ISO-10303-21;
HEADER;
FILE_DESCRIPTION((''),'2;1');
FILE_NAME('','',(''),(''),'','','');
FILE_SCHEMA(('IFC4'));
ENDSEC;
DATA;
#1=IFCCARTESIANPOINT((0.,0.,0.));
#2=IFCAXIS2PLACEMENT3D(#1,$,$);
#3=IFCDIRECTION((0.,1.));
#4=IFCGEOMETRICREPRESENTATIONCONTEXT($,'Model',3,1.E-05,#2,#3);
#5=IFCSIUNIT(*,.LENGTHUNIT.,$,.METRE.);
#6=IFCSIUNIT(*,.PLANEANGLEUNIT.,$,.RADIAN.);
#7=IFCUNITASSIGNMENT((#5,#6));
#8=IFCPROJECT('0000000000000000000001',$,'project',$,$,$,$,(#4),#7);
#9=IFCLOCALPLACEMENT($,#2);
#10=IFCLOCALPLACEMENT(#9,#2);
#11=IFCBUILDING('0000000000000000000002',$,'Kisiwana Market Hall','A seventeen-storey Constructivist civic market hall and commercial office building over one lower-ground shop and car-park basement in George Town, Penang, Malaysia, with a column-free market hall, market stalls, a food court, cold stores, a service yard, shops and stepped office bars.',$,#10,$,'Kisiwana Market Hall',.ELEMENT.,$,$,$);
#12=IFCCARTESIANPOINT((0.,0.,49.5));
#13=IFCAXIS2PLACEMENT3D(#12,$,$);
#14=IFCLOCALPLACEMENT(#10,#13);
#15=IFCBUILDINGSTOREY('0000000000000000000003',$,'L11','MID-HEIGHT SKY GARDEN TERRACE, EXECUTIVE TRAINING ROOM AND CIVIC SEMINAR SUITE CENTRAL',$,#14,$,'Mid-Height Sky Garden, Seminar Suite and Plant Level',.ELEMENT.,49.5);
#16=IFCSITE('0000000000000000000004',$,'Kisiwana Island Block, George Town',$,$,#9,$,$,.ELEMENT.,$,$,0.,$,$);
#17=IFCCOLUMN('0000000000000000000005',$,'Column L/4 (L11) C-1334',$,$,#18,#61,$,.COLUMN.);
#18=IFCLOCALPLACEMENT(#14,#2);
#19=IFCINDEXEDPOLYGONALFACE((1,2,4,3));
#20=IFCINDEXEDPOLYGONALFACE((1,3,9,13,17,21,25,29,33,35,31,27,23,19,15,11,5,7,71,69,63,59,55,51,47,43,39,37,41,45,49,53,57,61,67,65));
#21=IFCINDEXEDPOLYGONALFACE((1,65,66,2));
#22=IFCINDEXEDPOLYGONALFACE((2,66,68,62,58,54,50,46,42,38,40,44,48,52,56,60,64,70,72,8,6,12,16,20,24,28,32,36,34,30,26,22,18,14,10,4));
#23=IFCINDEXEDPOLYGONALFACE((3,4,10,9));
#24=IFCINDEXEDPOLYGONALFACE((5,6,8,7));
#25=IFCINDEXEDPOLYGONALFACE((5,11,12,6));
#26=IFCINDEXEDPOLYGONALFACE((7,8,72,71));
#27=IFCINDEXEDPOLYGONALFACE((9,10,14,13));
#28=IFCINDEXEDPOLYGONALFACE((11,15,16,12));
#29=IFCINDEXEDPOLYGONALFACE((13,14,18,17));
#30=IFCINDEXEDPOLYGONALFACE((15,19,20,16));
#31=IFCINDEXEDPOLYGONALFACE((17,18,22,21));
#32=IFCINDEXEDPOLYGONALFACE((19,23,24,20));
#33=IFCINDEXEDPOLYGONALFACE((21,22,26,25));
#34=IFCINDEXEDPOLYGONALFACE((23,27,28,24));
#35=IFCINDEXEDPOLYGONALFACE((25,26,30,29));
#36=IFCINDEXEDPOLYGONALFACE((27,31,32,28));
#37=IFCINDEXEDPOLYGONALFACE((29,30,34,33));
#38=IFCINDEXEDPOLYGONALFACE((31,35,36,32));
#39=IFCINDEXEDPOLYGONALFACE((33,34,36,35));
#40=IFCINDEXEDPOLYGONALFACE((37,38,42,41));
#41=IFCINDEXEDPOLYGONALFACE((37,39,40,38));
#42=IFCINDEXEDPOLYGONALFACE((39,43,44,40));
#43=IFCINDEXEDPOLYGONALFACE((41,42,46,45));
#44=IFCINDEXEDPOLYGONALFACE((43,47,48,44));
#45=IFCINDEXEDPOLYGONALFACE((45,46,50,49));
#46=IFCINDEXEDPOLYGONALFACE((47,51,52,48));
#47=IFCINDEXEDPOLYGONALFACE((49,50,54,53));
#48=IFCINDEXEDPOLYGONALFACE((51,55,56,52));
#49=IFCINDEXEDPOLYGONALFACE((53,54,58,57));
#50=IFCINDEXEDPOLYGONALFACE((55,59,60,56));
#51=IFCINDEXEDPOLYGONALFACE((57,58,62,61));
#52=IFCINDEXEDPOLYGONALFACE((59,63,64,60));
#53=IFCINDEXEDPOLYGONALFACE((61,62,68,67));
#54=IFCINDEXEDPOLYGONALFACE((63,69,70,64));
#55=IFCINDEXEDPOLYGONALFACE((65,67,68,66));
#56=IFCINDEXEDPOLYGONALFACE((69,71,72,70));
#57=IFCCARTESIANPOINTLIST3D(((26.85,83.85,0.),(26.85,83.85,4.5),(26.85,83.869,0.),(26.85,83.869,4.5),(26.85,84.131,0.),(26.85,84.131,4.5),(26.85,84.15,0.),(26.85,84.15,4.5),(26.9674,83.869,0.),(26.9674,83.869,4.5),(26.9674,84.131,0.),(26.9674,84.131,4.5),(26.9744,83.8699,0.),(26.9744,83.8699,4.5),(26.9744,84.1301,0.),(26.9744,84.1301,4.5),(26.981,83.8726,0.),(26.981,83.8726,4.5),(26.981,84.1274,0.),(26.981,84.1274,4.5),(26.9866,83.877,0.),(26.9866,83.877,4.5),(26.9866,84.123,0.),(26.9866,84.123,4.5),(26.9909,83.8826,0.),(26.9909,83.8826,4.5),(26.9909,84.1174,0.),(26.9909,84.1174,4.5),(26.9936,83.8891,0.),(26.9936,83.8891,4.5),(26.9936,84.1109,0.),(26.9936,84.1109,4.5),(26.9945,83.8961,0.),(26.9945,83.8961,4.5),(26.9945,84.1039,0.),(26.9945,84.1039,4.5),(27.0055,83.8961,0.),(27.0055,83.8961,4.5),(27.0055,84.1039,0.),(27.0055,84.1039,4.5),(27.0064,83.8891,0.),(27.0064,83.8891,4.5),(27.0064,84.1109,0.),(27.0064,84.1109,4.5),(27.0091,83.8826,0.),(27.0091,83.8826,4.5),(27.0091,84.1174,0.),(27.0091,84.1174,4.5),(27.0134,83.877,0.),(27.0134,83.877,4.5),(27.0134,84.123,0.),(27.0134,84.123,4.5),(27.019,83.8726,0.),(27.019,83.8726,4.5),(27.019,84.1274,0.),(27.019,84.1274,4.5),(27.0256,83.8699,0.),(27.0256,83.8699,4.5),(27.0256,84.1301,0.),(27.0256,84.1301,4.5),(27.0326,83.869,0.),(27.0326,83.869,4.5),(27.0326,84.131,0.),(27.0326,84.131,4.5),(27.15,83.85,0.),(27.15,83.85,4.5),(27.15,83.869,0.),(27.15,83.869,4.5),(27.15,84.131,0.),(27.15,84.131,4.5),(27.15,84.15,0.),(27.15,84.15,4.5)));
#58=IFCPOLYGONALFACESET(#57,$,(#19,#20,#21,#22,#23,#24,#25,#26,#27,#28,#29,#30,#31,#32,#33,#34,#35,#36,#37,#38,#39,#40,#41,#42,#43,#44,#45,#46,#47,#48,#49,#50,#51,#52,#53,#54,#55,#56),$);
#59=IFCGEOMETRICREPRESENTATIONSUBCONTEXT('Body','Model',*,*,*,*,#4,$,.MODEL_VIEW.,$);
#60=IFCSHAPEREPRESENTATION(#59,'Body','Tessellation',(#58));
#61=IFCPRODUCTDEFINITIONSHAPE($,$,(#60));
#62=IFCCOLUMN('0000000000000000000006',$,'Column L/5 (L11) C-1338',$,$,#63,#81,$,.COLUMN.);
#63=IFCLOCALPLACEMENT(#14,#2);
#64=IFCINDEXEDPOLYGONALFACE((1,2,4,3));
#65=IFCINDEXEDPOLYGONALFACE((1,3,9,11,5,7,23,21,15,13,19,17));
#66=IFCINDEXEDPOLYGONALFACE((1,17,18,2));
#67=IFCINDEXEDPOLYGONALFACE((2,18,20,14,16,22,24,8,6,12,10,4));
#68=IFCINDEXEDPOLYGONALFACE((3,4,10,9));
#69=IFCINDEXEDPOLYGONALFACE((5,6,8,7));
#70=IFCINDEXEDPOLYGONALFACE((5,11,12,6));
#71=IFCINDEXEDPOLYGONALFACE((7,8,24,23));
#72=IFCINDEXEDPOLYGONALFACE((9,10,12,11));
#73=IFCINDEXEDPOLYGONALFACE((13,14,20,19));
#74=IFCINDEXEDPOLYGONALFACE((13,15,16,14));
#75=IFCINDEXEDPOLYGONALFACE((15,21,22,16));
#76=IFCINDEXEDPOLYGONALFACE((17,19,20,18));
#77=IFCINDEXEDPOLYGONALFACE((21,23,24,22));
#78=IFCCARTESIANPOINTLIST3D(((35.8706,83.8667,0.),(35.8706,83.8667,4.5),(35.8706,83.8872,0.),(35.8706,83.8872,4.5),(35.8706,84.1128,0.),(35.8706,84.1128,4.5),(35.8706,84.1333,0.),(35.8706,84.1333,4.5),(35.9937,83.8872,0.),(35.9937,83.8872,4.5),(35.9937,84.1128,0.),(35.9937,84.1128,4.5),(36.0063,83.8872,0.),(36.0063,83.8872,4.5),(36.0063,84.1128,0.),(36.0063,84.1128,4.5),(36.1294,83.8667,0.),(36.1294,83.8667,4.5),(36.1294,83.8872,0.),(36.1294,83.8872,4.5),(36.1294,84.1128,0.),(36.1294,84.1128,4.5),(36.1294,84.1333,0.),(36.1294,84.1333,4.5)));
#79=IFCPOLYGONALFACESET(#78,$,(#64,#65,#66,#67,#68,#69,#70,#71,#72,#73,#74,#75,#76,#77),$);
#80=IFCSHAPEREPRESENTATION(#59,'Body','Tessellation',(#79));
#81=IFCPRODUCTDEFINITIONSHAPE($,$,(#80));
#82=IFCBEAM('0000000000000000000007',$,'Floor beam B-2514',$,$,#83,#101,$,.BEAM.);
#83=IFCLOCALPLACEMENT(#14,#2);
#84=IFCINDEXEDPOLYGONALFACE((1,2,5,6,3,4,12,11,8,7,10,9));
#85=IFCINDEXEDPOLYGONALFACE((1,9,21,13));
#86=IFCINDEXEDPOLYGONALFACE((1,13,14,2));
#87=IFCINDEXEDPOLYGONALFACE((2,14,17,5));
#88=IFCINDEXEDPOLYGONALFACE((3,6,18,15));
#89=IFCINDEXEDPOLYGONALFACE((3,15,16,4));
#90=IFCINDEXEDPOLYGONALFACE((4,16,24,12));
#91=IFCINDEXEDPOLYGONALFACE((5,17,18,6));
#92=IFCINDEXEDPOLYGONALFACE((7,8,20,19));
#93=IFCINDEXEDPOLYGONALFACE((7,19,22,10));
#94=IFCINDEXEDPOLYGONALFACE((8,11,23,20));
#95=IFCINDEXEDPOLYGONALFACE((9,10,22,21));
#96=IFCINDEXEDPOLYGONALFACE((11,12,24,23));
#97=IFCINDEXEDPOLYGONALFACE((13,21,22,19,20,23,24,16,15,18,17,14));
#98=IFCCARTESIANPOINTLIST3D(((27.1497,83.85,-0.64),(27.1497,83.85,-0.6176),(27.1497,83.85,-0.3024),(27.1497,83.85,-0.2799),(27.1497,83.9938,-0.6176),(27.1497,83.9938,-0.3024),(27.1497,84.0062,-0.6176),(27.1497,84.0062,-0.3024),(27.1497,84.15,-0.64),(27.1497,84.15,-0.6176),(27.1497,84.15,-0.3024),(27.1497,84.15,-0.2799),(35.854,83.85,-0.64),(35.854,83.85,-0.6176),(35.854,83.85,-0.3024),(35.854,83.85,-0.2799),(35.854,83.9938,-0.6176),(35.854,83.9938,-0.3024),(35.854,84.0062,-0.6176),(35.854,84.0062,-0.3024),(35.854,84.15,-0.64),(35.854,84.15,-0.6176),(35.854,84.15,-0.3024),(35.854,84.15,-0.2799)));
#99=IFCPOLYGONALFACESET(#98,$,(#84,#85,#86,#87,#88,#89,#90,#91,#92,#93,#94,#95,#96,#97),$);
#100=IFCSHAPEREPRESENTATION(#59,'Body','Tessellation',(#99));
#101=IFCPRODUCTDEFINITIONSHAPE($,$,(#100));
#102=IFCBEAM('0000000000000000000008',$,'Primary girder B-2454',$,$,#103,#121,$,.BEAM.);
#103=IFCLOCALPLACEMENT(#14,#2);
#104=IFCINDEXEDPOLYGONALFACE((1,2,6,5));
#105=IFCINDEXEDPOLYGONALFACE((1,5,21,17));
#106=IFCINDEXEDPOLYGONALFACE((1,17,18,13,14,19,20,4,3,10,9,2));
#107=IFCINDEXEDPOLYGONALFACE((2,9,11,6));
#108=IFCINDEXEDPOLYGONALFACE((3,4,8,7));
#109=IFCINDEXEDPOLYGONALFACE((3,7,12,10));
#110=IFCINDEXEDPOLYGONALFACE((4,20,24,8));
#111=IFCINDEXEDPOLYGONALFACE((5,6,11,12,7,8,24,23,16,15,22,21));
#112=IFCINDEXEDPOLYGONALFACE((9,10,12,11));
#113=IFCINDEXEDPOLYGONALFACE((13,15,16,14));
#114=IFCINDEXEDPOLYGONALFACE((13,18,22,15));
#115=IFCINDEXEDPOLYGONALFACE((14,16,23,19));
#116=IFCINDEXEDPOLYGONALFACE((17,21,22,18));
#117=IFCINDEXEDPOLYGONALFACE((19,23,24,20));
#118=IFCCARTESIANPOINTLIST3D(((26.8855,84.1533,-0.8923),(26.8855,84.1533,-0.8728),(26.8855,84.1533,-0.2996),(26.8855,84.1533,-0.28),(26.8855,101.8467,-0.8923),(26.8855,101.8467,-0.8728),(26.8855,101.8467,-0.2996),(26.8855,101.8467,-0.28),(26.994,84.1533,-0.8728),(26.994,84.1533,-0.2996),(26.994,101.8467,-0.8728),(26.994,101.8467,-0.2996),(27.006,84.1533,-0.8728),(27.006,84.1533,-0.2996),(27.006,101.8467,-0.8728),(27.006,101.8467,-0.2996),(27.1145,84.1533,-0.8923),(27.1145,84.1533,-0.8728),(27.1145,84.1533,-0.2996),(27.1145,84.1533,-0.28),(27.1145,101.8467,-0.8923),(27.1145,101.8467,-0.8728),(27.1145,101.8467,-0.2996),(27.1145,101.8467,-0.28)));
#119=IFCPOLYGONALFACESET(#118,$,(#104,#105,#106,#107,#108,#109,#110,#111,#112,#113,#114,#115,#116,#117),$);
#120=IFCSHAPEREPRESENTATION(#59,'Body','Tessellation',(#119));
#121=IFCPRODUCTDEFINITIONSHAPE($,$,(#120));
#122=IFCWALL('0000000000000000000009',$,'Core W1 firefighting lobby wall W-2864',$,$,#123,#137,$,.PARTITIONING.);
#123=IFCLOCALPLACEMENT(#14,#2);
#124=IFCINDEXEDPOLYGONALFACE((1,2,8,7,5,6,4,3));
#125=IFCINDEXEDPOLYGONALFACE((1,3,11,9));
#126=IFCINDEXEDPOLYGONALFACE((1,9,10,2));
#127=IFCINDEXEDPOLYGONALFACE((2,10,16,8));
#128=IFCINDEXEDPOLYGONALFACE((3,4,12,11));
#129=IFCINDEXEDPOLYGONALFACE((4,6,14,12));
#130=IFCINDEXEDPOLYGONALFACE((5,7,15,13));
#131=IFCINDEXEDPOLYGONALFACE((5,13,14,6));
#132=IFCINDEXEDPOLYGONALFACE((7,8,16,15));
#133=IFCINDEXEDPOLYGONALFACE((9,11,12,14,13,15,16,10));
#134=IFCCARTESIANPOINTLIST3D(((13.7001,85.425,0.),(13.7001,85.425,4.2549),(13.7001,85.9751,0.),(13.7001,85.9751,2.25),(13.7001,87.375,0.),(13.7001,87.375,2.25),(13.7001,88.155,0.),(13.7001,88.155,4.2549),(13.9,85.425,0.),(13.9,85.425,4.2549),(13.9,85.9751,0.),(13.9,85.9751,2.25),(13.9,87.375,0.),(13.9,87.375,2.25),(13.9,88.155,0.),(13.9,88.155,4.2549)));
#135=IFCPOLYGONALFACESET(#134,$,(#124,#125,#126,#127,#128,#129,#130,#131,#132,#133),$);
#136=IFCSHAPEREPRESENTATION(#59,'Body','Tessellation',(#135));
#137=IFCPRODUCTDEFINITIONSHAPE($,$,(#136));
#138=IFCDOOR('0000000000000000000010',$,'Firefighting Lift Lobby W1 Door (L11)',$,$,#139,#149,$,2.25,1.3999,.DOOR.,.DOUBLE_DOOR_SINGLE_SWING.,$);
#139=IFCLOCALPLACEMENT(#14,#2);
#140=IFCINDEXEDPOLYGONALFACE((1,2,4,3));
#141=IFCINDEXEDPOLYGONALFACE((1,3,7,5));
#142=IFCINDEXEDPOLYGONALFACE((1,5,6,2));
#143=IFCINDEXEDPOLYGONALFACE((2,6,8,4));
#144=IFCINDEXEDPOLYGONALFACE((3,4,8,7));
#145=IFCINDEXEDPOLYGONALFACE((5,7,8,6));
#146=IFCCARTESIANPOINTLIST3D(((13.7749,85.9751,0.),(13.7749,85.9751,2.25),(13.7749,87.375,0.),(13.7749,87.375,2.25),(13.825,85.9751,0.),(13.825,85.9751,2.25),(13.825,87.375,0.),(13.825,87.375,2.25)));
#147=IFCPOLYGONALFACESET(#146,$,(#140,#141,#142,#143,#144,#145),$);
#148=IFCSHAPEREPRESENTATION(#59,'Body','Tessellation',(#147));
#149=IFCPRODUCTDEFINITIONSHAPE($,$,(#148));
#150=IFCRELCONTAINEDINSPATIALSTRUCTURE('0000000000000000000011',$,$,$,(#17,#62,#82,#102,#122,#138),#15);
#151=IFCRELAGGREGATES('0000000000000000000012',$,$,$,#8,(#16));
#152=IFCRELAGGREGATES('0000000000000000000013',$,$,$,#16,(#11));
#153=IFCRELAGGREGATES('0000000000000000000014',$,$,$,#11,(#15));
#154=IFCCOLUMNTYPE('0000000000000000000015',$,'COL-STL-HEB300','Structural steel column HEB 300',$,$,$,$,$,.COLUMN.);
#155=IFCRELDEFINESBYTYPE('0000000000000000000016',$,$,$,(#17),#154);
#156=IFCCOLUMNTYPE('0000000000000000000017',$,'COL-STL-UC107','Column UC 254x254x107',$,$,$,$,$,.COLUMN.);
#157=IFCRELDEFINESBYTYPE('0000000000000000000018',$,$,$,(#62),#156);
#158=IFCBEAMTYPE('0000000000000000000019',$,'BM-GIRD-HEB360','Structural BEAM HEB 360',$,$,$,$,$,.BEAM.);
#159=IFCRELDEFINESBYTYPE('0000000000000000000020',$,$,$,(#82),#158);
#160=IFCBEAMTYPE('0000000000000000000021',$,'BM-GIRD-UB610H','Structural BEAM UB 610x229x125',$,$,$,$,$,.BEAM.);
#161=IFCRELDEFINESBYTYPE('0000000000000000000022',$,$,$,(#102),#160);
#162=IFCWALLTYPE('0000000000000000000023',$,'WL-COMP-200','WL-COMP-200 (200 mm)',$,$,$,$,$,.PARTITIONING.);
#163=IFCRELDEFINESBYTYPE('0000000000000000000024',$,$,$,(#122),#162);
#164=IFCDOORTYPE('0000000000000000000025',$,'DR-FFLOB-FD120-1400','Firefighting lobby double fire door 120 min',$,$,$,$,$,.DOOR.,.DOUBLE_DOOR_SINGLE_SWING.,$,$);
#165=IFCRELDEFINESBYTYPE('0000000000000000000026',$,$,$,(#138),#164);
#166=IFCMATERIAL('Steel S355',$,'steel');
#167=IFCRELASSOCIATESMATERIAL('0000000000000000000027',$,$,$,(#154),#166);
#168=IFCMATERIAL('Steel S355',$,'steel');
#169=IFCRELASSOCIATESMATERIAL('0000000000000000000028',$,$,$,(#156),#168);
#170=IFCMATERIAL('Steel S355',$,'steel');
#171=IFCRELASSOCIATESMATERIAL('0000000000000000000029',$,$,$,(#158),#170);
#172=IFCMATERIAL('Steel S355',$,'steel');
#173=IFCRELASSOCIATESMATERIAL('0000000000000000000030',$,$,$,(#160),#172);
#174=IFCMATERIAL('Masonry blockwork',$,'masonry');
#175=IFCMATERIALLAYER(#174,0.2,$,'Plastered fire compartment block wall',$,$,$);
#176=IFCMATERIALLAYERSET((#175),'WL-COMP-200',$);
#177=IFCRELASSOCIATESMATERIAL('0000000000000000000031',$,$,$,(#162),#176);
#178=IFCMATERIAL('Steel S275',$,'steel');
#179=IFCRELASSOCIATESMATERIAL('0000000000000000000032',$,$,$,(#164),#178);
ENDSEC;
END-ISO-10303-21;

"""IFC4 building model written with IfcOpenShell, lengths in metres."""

from ifc_helpers import new_model, si_unit, direction, frame, frame_2d, origin, origin_2d, place, context, subcontext, project, spatial, rectangle, i_section, extrude, material, layer, layer_set, material_profile, profile_set, type_object, element, fill, save


model = new_model("IFC4")

# Units and contexts
model_context = context("Model", 3, precision=1e-05, world=origin(), true_north=direction((0.0, 1.0)))
body_context = subcontext(model_context, "Body", "Model", "MODEL_VIEW")
ifc_project = project(units=[si_unit("LENGTHUNIT", "METRE"), si_unit("PLANEANGLEUNIT", "RADIAN")], contexts=[model_context])

# Site, building, storey
site_placement = place(None, origin())
site = spatial("IfcSite", under=ifc_project, at=site_placement, Name="Kisiwana Island Block, George Town", CompositionType="ELEMENT", RefElevation=0.0)
building_placement = place(site_placement, origin())
building = spatial("IfcBuilding", under=site, at=building_placement, Name="Kisiwana Market Hall", Description="A seventeen-storey Constructivist civic market hall and commercial office building over one lower-ground shop and car-park basement in George Town, Penang, Malaysia, with a column-free market hall, market stalls, a food court, cold stores, a service yard, shops and stepped office bars.", LongName="Kisiwana Market Hall", CompositionType="ELEMENT")
storey_placement = place(building_placement, frame((0.0, 0.0, 49.5)))
storey = spatial("IfcBuildingStorey", under=building, at=storey_placement, Name="L11", Description="MID-HEIGHT SKY GARDEN TERRACE, EXECUTIVE TRAINING ROOM AND CIVIC SEMINAR SUITE CENTRAL", LongName="Mid-Height Sky Garden, Seminar Suite and Plant Level", CompositionType="ELEMENT", Elevation=49.5)

# Columns
ifc_material_1 = material(Name="Steel S355", Category="steel")
ifc_material_profile_1 = material_profile(ifc_material_1, i_section(OverallWidth=0.3, OverallDepth=0.3, WebThickness=0.011, FlangeThickness=0.019, FilletRadius=0.0271, at=origin_2d()), Name="HEB 300")
ifc_profile_set_1 = profile_set([ifc_material_profile_1], Name="Steel S355")
column_type_1 = type_object("IfcColumnType", Name="COL-STL-HEB300", Description="Structural steel column HEB 300", PredefinedType="COLUMN", material=ifc_profile_set_1)
column_1_placement = place(storey_placement, frame((27.0, 84.0, 0.0), z_axis=(0.0, 0.0, 1.0), x_axis=(1.0, 0.0, 0.0)))
element("IfcColumn", 1, at=column_1_placement, inside=storey, type_object=column_type_1, Name="Column L/4 (L11) C-1334", PredefinedType="COLUMN", context=body_context, shape_type="SweptSolid", body=[
    extrude(i_section(OverallWidth=0.3, OverallDepth=0.3, WebThickness=0.011, FlangeThickness=0.019, FilletRadius=0.0271, at=origin_2d()), origin(), (0.0, 0.0, 1.0), 4.5),
])
ifc_material_2 = material(Name="Steel S355", Category="steel")
ifc_material_profile_2 = material_profile(ifc_material_2, i_section(OverallWidth=0.2588, OverallDepth=0.2666, WebThickness=0.0127, FlangeThickness=0.0205, at=origin_2d()), Name="UC 254x254x107")
ifc_profile_set_2 = profile_set([ifc_material_profile_2], Name="Steel S355")
column_type_2 = type_object("IfcColumnType", Name="COL-STL-UC107", Description="Column UC 254x254x107", PredefinedType="COLUMN", material=ifc_profile_set_2)
column_2_placement = place(storey_placement, frame((36.0, 84.0, 0.0), z_axis=(0.0, 0.0, 1.0), x_axis=(1.0, 0.0, 0.0)))
element("IfcColumn", 2, at=column_2_placement, inside=storey, type_object=column_type_2, Name="Column L/5 (L11) C-1338", PredefinedType="COLUMN", context=body_context, shape_type="SweptSolid", body=[
    extrude(i_section(OverallWidth=0.2588, OverallDepth=0.2666, WebThickness=0.0127, FlangeThickness=0.0205, at=origin_2d()), origin(), (0.0, 0.0, 1.0), 4.5),
])

# Beams
ifc_material_3 = material(Name="Steel S355", Category="steel")
ifc_material_profile_3 = material_profile(ifc_material_3, i_section(OverallWidth=0.3, OverallDepth=0.3601, WebThickness=0.0125, FlangeThickness=0.0225, at=origin_2d()), Name="HEB 360")
ifc_profile_set_3 = profile_set([ifc_material_profile_3], Name="Steel S355")
beam_type_1 = type_object("IfcBeamType", Name="BM-GIRD-HEB360", Description="Structural BEAM HEB 360", PredefinedType="BEAM", material=ifc_profile_set_3)
beam_1_placement = place(storey_placement, frame((27.1497, 84.0, -0.46), z_axis=(1.0, 0.0, 0.0), x_axis=(0.0, 1.0, 0.0)))
element("IfcBeam", 3, at=beam_1_placement, inside=storey, type_object=beam_type_1, Name="Floor beam B-2514", PredefinedType="BEAM", context=body_context, shape_type="SweptSolid", body=[
    extrude(i_section(OverallWidth=0.3, OverallDepth=0.3601, WebThickness=0.0125, FlangeThickness=0.0225, at=origin_2d()), origin(), (0.0, 0.0, 1.0), 8.7043),
])
ifc_material_4 = material(Name="Steel S355", Category="steel")
ifc_material_profile_4 = material_profile(ifc_material_4, i_section(OverallWidth=0.229, OverallDepth=0.6123, WebThickness=0.012, FlangeThickness=0.0195, at=origin_2d()), Name="UB 610x229x125")
ifc_profile_set_4 = profile_set([ifc_material_profile_4], Name="Steel S355")
beam_type_2 = type_object("IfcBeamType", Name="BM-GIRD-UB610H", Description="Structural BEAM UB 610x229x125", PredefinedType="BEAM", material=ifc_profile_set_4)
beam_2_placement = place(storey_placement, frame((27.0, 84.1533, -0.5862), z_axis=(0.0, 1.0, 0.0), x_axis=(-1.0, 0.0, 0.0)))
element("IfcBeam", 4, at=beam_2_placement, inside=storey, type_object=beam_type_2, Name="Primary girder B-2454", PredefinedType="BEAM", context=body_context, shape_type="SweptSolid", body=[
    extrude(i_section(OverallWidth=0.229, OverallDepth=0.6123, WebThickness=0.012, FlangeThickness=0.0195, at=origin_2d()), origin(), (0.0, 0.0, 1.0), 17.6934),
])

# Wall, opening, door
ifc_material_5 = material(Name="Masonry blockwork", Category="masonry")
ifc_layer_1 = layer(ifc_material_5, 0.2, Name="Plastered fire compartment block wall")
ifc_layer_set_1 = layer_set([ifc_layer_1], Name="WL-COMP-200")
wall_type_1 = type_object("IfcWallType", Name="WL-COMP-200", Description="WL-COMP-200 (200 mm)", PredefinedType="PARTITIONING", material=ifc_layer_set_1)
wall_1_placement = place(storey_placement, frame((13.8, 85.425, 0.0), z_axis=(0.0, 0.0, 1.0), x_axis=(0.0, 1.0, 0.0)))
wall_1 = element("IfcWall", 5, at=wall_1_placement, inside=storey, type_object=wall_type_1, Name="Core W1 firefighting lobby wall W-2864", PredefinedType="PARTITIONING", context=body_context, shape_type="SweptSolid", body=[
    extrude(rectangle(XDim=2.73, YDim=0.2, at=frame_2d((1.365, 0.0))), origin(), (0.0, 0.0, 1.0), 4.2549),
])
opening_1_placement = place(wall_1_placement, frame((0.55, 0.0, 0.0)))
opening_1 = element("IfcOpeningElement", 6, at=opening_1_placement, cuts=wall_1, PredefinedType="OPENING", context=body_context, shape_type="SweptSolid", body=[
    extrude(rectangle(XDim=1.3999, YDim=2.25, at=frame_2d((0.7, 1.125))), frame((0.0, 0.1118, 0.0), z_axis=(0.0, -1.0, 0.0), x_axis=(1.0, 0.0, 0.0)), (0.0, 0.0, 1.0), 0.2239),
])
ifc_material_6 = material(Name="Steel S275", Category="steel")
door_type_1 = type_object("IfcDoorType", Name="DR-FFLOB-FD120-1400", Description="Firefighting lobby double fire door 120 min", OperationType="DOUBLE_DOOR_SINGLE_SWING", PredefinedType="DOOR", material=ifc_material_6)
door_1_placement = place(opening_1_placement, frame((1.3999, 0.0, 0.0), z_axis=(0.0, 0.0, 1.0), x_axis=(-1.0, 0.0, 0.0)))
door_1 = element("IfcDoor", 7, at=door_1_placement, inside=storey, type_object=door_type_1, Name="Firefighting Lift Lobby W1 Door (L11)", OperationType="DOUBLE_DOOR_SINGLE_SWING", OverallHeight=2.25, OverallWidth=1.3999, PredefinedType="DOOR", context=body_context, shape_type="SweptSolid", body=[
    extrude(rectangle(XDim=1.3999, YDim=2.25, at=frame_2d((0.7, 1.125))), frame((0.0, 0.0249, 0.0), z_axis=(0.0, -1.0, 0.0), x_axis=(1.0, 0.0, 0.0)), (0.0, 0.0, 1.0), 0.05),
])
fill(opening_1, door_1)

save(model, "model.ifc")
